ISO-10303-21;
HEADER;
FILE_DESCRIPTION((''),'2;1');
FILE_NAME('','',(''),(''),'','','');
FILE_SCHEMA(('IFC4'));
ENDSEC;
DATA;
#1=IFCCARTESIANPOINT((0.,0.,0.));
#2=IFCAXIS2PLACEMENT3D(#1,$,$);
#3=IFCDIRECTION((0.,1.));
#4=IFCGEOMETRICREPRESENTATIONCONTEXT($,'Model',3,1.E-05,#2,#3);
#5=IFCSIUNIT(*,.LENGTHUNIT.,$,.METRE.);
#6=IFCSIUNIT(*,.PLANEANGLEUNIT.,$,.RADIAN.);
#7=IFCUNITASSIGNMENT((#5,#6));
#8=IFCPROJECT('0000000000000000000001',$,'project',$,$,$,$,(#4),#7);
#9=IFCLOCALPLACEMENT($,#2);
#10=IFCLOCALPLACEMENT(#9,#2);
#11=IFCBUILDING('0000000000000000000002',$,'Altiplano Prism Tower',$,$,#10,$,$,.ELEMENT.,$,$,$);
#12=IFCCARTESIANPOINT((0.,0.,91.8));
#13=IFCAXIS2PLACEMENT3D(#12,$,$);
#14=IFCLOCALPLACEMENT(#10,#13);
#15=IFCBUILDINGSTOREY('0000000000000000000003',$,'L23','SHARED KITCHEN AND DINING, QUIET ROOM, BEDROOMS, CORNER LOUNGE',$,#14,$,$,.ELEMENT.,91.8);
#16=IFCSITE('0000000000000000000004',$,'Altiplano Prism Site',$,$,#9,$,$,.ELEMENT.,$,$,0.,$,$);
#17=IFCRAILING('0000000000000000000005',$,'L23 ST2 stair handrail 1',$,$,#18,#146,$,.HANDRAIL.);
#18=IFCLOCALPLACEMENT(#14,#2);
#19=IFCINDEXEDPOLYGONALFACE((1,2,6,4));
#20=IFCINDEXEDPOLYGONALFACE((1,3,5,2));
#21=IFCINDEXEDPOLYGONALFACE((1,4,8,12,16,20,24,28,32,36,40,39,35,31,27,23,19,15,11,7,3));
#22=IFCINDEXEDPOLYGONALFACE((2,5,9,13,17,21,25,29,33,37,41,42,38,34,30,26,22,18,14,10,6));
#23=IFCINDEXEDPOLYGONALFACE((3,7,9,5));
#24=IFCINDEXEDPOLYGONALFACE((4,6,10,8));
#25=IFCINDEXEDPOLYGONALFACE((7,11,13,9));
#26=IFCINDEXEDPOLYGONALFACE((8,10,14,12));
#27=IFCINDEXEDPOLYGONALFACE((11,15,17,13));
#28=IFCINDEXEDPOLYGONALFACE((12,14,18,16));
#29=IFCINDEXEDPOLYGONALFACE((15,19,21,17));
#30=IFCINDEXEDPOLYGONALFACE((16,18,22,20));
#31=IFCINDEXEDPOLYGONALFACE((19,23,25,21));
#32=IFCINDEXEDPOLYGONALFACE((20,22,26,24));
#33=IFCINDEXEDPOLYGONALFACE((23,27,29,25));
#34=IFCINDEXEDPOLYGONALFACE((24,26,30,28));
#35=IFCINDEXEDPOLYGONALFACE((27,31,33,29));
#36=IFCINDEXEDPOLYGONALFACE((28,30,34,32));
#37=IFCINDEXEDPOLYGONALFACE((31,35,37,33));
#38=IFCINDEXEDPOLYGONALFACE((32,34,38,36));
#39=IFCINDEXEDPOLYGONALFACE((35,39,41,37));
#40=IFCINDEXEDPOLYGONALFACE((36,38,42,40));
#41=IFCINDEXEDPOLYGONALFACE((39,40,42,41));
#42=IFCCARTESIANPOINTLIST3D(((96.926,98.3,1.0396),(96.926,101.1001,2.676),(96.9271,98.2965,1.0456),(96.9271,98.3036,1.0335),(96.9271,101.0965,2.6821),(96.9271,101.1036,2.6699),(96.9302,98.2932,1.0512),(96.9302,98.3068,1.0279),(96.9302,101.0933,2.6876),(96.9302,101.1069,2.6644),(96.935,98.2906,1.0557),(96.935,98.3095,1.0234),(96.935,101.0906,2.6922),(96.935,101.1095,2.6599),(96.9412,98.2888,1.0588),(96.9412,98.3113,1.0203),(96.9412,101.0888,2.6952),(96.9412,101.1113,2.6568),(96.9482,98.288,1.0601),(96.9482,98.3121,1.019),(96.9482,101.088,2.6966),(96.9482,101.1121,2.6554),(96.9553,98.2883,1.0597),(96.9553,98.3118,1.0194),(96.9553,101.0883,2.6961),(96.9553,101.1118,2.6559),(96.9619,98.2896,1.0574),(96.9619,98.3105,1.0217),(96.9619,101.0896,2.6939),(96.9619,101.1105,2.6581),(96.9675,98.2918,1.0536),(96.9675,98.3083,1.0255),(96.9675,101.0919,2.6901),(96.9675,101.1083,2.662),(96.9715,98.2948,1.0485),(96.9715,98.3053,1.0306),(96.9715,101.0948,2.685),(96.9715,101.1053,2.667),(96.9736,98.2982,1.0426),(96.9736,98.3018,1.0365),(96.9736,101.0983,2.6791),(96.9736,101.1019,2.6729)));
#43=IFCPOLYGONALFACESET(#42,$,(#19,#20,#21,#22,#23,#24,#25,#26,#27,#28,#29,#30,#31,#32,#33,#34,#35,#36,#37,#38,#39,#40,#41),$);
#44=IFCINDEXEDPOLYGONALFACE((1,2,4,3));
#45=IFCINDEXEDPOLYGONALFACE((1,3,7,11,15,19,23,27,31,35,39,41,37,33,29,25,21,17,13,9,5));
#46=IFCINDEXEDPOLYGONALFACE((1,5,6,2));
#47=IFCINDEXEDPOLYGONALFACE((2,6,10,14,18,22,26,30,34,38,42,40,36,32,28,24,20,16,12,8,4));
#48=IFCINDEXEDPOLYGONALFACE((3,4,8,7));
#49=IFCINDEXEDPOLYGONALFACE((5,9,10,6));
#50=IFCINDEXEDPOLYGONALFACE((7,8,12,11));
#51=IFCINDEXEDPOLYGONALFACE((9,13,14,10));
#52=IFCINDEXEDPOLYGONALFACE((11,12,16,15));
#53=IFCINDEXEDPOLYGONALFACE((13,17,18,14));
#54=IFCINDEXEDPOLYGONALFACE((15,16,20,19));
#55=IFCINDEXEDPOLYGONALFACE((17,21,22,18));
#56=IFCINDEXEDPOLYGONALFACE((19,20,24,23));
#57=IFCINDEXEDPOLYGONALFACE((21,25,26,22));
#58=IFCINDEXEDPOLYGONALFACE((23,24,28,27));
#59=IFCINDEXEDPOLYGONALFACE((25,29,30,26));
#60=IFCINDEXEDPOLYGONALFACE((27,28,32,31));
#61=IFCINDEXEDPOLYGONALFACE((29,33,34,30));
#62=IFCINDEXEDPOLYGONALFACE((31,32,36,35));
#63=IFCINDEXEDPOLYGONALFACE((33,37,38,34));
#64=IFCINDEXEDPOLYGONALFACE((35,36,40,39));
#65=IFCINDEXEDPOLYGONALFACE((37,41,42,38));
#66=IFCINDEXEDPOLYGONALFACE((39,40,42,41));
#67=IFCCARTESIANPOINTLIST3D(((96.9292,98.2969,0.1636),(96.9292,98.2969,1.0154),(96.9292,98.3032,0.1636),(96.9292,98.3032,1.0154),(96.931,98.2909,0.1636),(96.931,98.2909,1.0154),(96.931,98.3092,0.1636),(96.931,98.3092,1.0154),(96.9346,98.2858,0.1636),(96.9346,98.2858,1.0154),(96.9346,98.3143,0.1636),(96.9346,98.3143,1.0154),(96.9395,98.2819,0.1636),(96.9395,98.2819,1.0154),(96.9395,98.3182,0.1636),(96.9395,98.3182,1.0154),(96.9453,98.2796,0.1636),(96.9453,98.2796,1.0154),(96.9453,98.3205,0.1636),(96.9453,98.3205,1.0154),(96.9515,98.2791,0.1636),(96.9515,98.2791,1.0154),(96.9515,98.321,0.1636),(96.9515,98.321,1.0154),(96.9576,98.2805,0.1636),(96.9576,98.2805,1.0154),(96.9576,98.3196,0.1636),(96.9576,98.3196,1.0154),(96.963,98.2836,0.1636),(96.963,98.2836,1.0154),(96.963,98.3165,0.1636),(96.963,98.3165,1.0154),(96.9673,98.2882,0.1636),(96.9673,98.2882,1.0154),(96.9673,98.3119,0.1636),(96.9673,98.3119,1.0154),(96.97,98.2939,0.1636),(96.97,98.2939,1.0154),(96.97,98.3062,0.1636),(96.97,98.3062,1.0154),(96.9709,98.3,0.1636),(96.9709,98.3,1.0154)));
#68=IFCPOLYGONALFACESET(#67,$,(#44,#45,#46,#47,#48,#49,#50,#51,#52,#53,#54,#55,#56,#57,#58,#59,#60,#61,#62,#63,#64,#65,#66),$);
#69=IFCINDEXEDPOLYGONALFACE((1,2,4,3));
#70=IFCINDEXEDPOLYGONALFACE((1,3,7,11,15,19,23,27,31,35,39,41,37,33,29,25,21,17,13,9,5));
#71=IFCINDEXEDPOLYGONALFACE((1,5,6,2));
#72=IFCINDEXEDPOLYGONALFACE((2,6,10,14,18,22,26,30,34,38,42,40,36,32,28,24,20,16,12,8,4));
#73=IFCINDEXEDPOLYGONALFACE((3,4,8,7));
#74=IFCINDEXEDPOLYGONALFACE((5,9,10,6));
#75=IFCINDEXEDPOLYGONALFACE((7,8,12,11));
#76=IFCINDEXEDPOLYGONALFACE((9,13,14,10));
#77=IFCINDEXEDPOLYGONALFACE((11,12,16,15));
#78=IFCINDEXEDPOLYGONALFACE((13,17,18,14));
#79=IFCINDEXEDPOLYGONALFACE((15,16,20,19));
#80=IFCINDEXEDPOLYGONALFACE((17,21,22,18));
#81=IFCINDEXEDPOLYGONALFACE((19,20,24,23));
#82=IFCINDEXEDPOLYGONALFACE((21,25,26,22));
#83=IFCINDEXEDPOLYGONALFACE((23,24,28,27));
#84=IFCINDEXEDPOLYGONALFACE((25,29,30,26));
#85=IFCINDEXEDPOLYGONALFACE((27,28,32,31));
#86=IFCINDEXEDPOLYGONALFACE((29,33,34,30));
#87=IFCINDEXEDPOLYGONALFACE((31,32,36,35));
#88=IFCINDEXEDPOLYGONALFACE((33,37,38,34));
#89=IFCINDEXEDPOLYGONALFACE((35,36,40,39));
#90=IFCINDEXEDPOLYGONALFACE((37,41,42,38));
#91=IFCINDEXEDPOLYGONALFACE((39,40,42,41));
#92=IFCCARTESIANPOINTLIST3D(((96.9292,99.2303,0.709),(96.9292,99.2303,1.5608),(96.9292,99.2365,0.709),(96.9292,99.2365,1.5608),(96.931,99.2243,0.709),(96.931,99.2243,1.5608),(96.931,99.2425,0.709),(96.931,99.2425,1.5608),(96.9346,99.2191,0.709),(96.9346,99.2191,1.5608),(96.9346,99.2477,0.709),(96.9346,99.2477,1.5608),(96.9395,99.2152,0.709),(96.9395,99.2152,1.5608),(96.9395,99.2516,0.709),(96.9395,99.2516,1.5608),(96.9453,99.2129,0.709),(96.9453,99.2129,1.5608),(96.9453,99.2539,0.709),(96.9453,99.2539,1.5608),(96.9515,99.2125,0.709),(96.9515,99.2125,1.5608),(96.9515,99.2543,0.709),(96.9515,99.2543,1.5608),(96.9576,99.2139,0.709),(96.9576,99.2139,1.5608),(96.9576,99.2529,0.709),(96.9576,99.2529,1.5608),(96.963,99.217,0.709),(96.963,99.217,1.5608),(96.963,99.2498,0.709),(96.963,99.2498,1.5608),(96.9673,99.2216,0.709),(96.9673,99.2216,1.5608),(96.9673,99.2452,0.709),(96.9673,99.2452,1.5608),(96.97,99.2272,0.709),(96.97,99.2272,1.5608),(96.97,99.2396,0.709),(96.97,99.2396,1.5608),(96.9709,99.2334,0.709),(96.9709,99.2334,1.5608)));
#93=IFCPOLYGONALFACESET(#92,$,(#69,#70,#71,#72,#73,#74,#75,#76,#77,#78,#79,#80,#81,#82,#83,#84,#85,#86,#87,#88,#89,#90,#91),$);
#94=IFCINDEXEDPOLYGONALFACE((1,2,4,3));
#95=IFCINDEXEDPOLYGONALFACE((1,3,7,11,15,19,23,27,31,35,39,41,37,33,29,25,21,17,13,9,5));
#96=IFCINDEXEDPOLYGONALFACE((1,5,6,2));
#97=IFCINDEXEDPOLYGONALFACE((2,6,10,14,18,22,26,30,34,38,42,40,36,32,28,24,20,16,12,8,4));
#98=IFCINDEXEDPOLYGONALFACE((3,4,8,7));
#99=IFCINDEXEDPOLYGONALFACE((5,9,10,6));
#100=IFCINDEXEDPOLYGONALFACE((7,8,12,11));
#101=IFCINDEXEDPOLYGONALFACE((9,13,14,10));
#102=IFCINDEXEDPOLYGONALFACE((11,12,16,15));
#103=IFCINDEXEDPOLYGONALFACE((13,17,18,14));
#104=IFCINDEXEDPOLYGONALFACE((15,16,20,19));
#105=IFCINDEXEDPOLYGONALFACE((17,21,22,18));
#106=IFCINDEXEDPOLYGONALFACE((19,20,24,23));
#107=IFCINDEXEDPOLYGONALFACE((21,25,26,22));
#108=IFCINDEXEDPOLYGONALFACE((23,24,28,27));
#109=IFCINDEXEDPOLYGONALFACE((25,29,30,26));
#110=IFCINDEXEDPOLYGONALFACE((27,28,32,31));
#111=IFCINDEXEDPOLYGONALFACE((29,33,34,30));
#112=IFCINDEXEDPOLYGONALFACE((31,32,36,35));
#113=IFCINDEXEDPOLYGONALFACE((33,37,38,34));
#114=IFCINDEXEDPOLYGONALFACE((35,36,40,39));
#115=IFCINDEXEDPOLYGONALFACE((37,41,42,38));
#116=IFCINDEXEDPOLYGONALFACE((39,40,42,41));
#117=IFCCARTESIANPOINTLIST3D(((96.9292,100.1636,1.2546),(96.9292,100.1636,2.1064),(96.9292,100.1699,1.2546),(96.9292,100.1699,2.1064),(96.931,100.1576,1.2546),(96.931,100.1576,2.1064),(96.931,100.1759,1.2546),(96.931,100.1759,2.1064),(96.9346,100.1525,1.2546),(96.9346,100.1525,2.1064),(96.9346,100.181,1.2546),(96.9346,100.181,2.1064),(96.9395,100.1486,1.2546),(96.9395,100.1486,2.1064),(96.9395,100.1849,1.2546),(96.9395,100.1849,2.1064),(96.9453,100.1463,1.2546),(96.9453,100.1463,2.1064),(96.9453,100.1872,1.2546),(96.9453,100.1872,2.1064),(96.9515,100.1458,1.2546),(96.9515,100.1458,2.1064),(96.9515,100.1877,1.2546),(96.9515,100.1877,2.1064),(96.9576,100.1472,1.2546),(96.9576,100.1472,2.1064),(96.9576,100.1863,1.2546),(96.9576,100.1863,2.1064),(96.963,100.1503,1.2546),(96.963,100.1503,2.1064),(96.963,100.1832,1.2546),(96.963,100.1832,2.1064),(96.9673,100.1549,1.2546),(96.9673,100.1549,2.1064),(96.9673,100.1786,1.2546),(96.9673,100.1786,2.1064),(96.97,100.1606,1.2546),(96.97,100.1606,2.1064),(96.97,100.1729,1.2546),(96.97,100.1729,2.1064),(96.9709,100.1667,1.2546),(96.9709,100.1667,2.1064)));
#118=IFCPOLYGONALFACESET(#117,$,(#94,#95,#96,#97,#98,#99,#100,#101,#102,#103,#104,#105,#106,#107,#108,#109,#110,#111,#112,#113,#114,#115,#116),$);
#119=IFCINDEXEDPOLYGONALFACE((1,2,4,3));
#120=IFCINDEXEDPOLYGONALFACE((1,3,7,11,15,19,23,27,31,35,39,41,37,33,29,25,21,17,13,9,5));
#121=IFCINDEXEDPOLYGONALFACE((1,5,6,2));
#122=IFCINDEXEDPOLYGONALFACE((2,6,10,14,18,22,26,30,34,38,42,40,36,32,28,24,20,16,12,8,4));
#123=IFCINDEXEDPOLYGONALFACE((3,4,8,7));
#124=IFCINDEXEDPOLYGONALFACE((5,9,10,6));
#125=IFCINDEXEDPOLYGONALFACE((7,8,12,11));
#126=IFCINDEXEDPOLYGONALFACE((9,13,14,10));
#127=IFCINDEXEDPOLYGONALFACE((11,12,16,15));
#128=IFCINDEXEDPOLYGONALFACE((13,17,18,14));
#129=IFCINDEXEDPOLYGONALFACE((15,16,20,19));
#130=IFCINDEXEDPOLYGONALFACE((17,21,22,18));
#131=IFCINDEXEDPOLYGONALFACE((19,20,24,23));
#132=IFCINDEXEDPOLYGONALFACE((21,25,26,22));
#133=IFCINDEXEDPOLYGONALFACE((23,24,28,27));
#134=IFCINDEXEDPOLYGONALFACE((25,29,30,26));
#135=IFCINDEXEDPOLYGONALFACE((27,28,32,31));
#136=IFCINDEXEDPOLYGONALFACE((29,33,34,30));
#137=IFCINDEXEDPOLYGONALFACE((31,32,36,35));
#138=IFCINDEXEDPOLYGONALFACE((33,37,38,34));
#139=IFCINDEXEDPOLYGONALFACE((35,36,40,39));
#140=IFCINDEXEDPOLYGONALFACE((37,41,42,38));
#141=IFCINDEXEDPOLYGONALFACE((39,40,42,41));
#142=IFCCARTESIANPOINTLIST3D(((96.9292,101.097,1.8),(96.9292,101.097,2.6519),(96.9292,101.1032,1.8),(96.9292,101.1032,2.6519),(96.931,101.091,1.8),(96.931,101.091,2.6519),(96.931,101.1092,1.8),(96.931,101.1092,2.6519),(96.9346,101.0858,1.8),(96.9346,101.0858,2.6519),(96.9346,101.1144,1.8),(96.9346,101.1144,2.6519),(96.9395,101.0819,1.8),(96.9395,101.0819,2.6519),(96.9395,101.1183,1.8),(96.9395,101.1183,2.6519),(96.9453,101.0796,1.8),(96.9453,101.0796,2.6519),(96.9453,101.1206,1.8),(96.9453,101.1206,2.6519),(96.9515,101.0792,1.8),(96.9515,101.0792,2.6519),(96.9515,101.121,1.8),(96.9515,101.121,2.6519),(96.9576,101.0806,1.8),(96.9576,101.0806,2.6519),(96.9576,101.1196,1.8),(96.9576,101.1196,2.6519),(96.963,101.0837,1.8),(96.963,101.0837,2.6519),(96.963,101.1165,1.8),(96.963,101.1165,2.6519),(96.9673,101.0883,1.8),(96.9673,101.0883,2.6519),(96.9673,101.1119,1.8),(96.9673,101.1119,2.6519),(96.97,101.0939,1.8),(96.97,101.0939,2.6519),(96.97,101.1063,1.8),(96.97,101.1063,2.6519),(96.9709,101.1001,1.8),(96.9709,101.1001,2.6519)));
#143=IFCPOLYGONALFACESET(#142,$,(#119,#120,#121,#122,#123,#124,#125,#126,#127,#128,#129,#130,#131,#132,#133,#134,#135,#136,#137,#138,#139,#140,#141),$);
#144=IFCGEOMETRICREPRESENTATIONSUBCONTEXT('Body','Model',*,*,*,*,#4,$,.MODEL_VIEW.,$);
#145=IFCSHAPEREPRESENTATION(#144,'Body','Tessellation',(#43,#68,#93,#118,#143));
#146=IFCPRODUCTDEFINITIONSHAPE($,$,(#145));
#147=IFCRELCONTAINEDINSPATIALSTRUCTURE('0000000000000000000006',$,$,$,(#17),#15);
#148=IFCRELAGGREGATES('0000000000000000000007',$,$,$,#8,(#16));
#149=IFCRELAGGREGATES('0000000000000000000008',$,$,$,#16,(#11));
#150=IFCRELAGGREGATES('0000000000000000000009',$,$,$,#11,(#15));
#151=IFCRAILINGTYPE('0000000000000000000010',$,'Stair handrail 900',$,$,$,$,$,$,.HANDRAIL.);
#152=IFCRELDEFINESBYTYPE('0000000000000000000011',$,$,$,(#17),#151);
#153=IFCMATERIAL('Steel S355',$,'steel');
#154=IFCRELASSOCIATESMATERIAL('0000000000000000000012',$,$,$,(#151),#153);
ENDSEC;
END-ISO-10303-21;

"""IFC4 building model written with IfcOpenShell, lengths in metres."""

from ifc_helpers import new_model, si_unit, direction, frame, origin, origin_2d, place, context, subcontext, project, spatial, circle, extrude, material, type_object, element, save


model = new_model("IFC4")

# Units and contexts
model_context = context("Model", 3, precision=1e-05, world=origin(), true_north=direction((0.0, 1.0)))
body_context = subcontext(model_context, "Body", "Model", "MODEL_VIEW")
ifc_project = project(units=[si_unit("LENGTHUNIT", "METRE"), si_unit("PLANEANGLEUNIT", "RADIAN")], contexts=[model_context])

# Site, building, storey
site_placement = place(None, origin())
site = spatial("IfcSite", under=ifc_project, at=site_placement, Name="Altiplano Prism Site", CompositionType="ELEMENT", RefElevation=0.0)
building_placement = place(site_placement, origin())
building = spatial("IfcBuilding", under=site, at=building_placement, Name="Altiplano Prism Tower", CompositionType="ELEMENT")
storey_placement = place(building_placement, frame((0.0, 0.0, 91.8)))
storey = spatial("IfcBuildingStorey", under=building, at=storey_placement, Name="L23", Description="SHARED KITCHEN AND DINING, QUIET ROOM, BEDROOMS, CORNER LOUNGE", CompositionType="ELEMENT", Elevation=91.8)

# Shared definitions
ifc_material_1 = material(Name="Steel S355", Category="steel")

# Railing
railing_type = type_object("IfcRailingType", Name="Stair handrail 900", PredefinedType="HANDRAIL", material=ifc_material_1)
railing_placement = place(storey_placement, frame((96.95, 98.3, 0.1636)))
element("IfcRailing", 1, at=railing_placement, inside=storey, type_object=railing_type, Name="L23 ST2 stair handrail 1", PredefinedType="HANDRAIL", context=body_context, shape_type="SweptSolid", body=[
    extrude(circle(Radius=0.0239, at=origin_2d()), frame((0.0, 0.0, 0.876), z_axis=(0.0, 0.863361, 0.504587), x_axis=(-1.0, 0.0, 0.0)), (0.0, 0.0, 1.0), 3.2432),
    extrude(circle(Radius=0.021, at=origin_2d()), origin(), (0.0, 0.0, 1.0), 0.8518),
    extrude(circle(Radius=0.021, at=origin_2d()), frame((0.0, 0.9333, 0.5454)), (0.0, 0.0, 1.0), 0.8518),
    extrude(circle(Radius=0.021, at=origin_2d()), frame((0.0, 1.8667, 1.0911)), (0.0, 0.0, 1.0), 0.8518),
    extrude(circle(Radius=0.021, at=origin_2d()), frame((0.0, 2.8, 1.6365)), (0.0, 0.0, 1.0), 0.8518),
])

save(model, "model.ifc")
